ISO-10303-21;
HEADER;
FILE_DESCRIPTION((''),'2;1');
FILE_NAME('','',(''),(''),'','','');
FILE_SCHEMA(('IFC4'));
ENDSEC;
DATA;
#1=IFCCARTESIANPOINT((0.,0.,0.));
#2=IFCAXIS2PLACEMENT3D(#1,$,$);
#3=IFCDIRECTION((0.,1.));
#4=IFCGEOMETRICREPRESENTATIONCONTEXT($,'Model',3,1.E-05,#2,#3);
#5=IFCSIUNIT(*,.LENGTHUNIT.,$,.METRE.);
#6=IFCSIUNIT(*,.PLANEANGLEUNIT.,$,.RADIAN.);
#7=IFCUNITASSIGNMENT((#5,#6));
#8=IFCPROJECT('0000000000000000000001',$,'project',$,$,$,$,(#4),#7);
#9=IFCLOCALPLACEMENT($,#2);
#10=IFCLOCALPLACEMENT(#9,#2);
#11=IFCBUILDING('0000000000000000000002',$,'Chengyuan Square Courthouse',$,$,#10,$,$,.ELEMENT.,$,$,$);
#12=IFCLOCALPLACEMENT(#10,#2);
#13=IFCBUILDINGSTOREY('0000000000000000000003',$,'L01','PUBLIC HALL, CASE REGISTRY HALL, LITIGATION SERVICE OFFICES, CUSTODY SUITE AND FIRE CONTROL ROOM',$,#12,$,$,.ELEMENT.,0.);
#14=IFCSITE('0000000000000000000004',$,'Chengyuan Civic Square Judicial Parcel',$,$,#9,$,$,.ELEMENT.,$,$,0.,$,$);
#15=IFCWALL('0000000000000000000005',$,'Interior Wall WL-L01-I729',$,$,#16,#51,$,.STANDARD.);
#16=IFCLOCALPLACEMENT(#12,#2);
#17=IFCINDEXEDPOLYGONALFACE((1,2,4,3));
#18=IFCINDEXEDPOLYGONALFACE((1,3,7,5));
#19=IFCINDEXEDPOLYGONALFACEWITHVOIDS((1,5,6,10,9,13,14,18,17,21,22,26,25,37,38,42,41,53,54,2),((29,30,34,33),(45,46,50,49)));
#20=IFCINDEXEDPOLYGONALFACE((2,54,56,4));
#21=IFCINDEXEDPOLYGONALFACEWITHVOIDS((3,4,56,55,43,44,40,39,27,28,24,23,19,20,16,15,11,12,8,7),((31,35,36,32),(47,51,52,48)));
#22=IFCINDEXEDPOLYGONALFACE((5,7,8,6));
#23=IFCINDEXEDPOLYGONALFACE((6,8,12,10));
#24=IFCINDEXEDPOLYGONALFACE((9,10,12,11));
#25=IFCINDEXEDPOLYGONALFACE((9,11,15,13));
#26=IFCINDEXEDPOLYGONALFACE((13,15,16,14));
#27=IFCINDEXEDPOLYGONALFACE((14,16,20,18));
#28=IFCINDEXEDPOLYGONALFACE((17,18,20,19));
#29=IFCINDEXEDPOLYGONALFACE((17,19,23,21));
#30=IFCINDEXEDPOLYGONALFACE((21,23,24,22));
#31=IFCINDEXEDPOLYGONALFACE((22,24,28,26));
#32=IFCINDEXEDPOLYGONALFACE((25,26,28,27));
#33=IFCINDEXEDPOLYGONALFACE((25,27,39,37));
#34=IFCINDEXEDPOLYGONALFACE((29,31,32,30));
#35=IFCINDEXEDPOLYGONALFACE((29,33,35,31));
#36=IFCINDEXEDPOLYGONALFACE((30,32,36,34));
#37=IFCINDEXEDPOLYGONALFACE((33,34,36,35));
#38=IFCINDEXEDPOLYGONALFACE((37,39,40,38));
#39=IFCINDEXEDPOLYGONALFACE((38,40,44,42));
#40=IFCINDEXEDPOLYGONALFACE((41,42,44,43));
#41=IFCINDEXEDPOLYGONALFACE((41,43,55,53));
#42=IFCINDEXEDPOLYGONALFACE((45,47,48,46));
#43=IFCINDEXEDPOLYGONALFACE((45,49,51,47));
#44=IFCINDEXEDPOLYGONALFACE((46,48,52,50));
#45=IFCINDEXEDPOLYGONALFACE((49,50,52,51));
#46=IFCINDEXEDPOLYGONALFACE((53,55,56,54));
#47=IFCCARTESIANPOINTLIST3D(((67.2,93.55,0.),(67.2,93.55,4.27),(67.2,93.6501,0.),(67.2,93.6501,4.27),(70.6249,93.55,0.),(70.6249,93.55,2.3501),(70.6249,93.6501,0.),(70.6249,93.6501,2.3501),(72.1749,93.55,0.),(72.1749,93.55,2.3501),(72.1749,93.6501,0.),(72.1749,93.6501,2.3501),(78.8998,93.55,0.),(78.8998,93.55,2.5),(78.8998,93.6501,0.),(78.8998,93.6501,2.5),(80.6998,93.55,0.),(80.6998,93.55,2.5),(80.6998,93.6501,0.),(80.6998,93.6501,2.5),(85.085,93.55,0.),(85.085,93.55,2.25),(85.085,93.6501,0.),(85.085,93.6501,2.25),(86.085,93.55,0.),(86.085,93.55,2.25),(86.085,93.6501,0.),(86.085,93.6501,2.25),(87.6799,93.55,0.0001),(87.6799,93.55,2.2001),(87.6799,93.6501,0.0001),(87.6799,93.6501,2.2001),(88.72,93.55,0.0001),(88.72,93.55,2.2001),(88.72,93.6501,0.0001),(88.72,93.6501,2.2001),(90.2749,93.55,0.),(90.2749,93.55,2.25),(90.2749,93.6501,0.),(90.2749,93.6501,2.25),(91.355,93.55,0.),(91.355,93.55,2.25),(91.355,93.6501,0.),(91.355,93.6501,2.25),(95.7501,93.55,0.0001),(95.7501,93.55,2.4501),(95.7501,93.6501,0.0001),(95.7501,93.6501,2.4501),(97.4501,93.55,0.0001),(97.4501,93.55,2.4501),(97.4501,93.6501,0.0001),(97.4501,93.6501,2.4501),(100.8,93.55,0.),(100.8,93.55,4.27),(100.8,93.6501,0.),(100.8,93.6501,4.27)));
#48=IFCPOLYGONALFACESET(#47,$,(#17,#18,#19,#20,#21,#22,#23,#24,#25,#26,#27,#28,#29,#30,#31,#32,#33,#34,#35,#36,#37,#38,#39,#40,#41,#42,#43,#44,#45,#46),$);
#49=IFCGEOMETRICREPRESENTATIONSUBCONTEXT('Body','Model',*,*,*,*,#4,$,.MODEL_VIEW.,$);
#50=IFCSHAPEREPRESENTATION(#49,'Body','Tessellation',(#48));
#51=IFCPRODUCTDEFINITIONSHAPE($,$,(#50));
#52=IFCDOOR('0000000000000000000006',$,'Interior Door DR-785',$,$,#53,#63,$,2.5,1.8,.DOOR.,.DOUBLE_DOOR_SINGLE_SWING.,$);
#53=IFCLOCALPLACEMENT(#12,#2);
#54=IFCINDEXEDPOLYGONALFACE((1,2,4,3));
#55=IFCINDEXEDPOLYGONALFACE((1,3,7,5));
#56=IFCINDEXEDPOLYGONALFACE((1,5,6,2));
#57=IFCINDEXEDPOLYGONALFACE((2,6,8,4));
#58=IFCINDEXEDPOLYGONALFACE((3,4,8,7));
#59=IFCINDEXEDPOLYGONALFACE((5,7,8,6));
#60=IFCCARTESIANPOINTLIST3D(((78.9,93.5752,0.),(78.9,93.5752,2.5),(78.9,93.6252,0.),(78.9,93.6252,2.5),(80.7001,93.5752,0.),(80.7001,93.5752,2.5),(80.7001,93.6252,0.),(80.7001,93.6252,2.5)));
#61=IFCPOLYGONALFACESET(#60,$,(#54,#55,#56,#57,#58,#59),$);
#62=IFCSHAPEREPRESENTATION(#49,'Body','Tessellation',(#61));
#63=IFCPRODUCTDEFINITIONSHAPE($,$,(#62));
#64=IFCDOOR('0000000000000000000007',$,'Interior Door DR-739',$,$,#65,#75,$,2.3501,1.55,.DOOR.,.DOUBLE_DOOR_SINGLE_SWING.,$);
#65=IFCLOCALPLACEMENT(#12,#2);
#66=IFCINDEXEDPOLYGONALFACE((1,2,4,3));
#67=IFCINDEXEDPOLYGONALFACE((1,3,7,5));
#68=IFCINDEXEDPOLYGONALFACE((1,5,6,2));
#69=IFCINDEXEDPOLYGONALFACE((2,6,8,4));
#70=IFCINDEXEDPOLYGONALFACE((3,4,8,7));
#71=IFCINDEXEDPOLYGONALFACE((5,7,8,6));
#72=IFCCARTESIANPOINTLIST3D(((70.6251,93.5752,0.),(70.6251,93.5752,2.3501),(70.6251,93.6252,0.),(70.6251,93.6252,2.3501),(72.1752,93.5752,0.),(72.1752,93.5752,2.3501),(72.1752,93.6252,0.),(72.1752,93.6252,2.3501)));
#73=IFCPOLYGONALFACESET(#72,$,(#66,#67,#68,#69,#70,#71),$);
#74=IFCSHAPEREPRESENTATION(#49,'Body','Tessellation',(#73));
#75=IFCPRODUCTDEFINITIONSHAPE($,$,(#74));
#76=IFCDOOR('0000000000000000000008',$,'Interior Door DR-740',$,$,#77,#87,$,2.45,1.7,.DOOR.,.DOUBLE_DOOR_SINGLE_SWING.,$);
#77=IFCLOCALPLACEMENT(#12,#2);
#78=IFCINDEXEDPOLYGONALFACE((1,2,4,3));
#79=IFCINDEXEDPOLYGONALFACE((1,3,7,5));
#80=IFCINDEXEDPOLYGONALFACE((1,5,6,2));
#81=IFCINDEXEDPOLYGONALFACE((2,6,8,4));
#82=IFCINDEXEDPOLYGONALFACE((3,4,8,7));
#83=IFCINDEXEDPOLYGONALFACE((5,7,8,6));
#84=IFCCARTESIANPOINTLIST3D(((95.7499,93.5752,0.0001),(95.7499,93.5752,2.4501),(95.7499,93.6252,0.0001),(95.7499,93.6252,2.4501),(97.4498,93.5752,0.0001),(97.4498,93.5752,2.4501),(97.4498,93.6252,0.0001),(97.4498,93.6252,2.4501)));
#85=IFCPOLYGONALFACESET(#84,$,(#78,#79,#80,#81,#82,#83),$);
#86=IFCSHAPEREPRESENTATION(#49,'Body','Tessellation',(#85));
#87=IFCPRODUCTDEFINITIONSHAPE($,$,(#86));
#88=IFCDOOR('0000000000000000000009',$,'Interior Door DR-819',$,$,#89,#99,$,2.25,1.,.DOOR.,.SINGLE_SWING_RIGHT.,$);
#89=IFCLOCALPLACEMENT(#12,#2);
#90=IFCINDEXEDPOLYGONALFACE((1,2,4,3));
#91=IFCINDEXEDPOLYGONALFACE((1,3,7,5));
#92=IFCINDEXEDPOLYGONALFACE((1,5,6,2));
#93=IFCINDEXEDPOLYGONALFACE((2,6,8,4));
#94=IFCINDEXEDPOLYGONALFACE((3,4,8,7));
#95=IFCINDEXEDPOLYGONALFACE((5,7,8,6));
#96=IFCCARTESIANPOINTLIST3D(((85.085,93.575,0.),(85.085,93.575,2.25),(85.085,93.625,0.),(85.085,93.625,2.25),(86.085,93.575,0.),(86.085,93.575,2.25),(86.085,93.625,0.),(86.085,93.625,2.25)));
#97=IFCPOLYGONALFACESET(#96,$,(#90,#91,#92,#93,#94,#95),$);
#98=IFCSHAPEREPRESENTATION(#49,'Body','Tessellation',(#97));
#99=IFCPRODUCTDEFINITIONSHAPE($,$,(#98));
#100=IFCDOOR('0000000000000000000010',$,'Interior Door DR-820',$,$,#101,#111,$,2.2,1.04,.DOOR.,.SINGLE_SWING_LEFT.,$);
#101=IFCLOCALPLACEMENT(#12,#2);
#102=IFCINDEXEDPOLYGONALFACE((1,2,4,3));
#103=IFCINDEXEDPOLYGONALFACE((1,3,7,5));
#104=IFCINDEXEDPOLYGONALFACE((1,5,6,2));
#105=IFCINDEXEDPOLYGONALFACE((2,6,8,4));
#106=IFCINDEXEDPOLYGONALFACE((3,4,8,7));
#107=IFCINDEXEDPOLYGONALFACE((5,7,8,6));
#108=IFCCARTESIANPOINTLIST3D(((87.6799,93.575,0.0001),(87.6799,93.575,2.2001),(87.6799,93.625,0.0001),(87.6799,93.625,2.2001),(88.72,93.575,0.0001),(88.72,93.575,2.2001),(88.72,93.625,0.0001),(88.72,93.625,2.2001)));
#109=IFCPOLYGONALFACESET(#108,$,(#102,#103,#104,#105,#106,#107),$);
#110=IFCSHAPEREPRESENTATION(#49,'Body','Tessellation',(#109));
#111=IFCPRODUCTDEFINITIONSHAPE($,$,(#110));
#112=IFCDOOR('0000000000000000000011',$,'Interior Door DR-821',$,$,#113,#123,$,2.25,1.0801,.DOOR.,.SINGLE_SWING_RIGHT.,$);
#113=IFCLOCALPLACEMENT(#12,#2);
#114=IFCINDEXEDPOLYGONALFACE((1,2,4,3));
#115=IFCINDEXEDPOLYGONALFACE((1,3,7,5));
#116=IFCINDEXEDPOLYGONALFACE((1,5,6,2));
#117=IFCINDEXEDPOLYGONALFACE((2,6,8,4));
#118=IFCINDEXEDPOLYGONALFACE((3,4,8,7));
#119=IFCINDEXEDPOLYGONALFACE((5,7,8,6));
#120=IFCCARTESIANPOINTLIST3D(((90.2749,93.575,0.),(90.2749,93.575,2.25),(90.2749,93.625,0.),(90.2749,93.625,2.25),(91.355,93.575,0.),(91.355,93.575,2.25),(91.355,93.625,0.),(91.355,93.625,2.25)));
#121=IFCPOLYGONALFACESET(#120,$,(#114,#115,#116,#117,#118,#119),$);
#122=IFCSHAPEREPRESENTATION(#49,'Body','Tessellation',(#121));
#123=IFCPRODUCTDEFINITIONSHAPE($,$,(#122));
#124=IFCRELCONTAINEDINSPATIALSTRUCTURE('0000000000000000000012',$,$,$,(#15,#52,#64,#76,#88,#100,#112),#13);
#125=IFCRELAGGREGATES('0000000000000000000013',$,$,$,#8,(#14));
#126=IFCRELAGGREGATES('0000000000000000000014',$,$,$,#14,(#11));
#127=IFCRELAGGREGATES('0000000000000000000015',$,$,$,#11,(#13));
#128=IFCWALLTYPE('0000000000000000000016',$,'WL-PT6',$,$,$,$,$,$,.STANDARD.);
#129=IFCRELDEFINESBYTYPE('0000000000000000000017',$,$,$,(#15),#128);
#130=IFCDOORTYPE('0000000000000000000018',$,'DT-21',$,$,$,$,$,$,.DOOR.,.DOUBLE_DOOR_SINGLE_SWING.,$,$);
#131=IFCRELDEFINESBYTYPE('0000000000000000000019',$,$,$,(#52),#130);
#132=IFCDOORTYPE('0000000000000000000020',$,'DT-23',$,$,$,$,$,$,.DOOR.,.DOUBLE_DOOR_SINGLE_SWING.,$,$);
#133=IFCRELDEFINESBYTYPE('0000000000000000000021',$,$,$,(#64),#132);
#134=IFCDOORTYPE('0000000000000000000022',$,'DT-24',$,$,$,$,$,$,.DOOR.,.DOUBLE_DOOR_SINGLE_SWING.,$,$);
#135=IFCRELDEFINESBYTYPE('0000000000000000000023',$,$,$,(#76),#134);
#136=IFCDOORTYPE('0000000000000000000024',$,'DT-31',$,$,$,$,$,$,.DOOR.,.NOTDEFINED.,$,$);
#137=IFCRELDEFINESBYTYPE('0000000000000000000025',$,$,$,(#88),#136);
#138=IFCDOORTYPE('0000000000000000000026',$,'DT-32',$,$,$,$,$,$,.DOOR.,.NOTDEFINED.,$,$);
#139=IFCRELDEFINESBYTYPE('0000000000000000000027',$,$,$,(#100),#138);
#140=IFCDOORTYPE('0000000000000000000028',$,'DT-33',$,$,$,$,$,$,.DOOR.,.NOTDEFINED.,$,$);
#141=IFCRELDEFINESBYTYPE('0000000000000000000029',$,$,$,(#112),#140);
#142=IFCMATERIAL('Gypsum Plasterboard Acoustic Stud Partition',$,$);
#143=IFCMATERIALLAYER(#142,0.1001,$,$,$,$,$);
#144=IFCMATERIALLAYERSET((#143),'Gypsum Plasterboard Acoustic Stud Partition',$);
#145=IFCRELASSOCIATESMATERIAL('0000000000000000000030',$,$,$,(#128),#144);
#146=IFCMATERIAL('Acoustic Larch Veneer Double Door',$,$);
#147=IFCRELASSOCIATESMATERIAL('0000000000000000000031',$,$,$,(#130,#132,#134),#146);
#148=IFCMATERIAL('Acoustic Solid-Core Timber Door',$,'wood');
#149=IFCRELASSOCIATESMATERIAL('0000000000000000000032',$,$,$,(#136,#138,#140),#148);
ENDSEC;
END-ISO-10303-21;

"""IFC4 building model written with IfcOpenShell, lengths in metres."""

from ifc_helpers import new_model, si_unit, direction, frame, frame_2d, origin, place, context, subcontext, project, spatial, rectangle, extrude, material, layer, layer_set, type_object, element, fill, save


model = new_model("IFC4")

# Units and contexts
model_context = context("Model", 3, precision=1e-05, world=origin(), true_north=direction((0.0, 1.0)))
body_context = subcontext(model_context, "Body", "Model", "MODEL_VIEW")
ifc_project = project(units=[si_unit("LENGTHUNIT", "METRE"), si_unit("PLANEANGLEUNIT", "RADIAN")], contexts=[model_context])

# Site, building, storey
site_placement = place(None, origin())
site = spatial("IfcSite", under=ifc_project, at=site_placement, Name="Chengyuan Civic Square Judicial Parcel", CompositionType="ELEMENT", RefElevation=0.0)
building_placement = place(site_placement, origin())
building = spatial("IfcBuilding", under=site, at=building_placement, Name="Chengyuan Square Courthouse", CompositionType="ELEMENT")
storey_placement = place(building_placement, origin())
storey = spatial("IfcBuildingStorey", under=building, at=storey_placement, Name="L01", Description="PUBLIC HALL, CASE REGISTRY HALL, LITIGATION SERVICE OFFICES, CUSTODY SUITE AND FIRE CONTROL ROOM", CompositionType="ELEMENT", Elevation=0.0)

# Shared definitions
ifc_material_1 = material(Name="Acoustic Larch Veneer Double Door")

# Wall, openings, doors
ifc_material_2 = material(Name="Gypsum Plasterboard Acoustic Stud Partition")
ifc_layer_1 = layer(ifc_material_2, 0.1001)
ifc_layer_set_1 = layer_set([ifc_layer_1], Name="Gypsum Plasterboard Acoustic Stud Partition")
wall_type_1 = type_object("IfcWallType", Name="WL-PT6", PredefinedType="STANDARD", material=ifc_layer_set_1)
wall_1_placement = place(storey_placement, frame((67.2, 93.6001, 0.0), z_axis=(0.0, 0.0, 1.0), x_axis=(1.0, 0.0, 0.0)))
wall_1 = element("IfcWall", 1, at=wall_1_placement, inside=storey, type_object=wall_type_1, Name="Interior Wall WL-L01-I729", PredefinedType="STANDARD", context=body_context, shape_type="SweptSolid", body=[
    extrude(rectangle(XDim=33.6001, YDim=0.1001, at=frame_2d((16.8, 0.0))), origin(), (0.0, 0.0, 1.0), 4.27),
])
opening_1_placement = place(wall_1_placement, frame((3.425, 0.0, 0.0)))
opening_1 = element("IfcOpeningElement", 2, at=opening_1_placement, cuts=wall_1, PredefinedType="OPENING", context=body_context, shape_type="SweptSolid", body=[
    extrude(rectangle(XDim=1.55, YDim=2.3501, at=frame_2d((0.7749, 1.175))), frame((0.0, 0.062, 0.0), z_axis=(0.0, -1.0, 0.0), x_axis=(1.0, 0.0, 0.0)), (0.0, 0.0, 1.0), 0.124),
])
opening_2_placement = place(wall_1_placement, frame((28.55, 0.0, 0.0)))
opening_2 = element("IfcOpeningElement", 3, at=opening_2_placement, cuts=wall_1, PredefinedType="OPENING", context=body_context, shape_type="SweptSolid", body=[
    extrude(rectangle(XDim=1.7, YDim=2.45, at=frame_2d((0.8501, 1.2251))), frame((0.0, 0.062, 0.0), z_axis=(0.0, -1.0, 0.0), x_axis=(1.0, 0.0, 0.0)), (0.0, 0.0, 1.0), 0.124),
])
opening_3_placement = place(wall_1_placement, frame((11.7, 0.0, 0.0)))
opening_3 = element("IfcOpeningElement", 4, at=opening_3_placement, cuts=wall_1, PredefinedType="OPENING", context=body_context, shape_type="SweptSolid", body=[
    extrude(rectangle(XDim=1.8, YDim=2.5, at=frame_2d((0.8999, 1.25))), frame((0.0, 0.062, 0.0), z_axis=(0.0, -1.0, 0.0), x_axis=(1.0, 0.0, 0.0)), (0.0, 0.0, 1.0), 0.124),
])
opening_4_placement = place(wall_1_placement, frame((17.885, 0.0, 0.0)))
opening_4 = element("IfcOpeningElement", 5, at=opening_4_placement, cuts=wall_1, PredefinedType="OPENING", context=body_context, shape_type="SweptSolid", body=[
    extrude(rectangle(XDim=1.0, YDim=2.25, at=frame_2d((0.5, 1.125))), frame((0.0, 0.062, 0.0), z_axis=(0.0, -1.0, 0.0), x_axis=(1.0, 0.0, 0.0)), (0.0, 0.0, 1.0), 0.124),
])
opening_5_placement = place(wall_1_placement, frame((20.48, 0.0, 0.0)))
opening_5 = element("IfcOpeningElement", 6, at=opening_5_placement, cuts=wall_1, PredefinedType="OPENING", context=body_context, shape_type="SweptSolid", body=[
    extrude(rectangle(XDim=1.04, YDim=2.2, at=frame_2d((0.52, 1.1001))), frame((0.0, 0.062, 0.0), z_axis=(0.0, -1.0, 0.0), x_axis=(1.0, 0.0, 0.0)), (0.0, 0.0, 1.0), 0.124),
])
opening_6_placement = place(wall_1_placement, frame((23.075, 0.0, 0.0)))
opening_6 = element("IfcOpeningElement", 7, at=opening_6_placement, cuts=wall_1, PredefinedType="OPENING", context=body_context, shape_type="SweptSolid", body=[
    extrude(rectangle(XDim=1.0801, YDim=2.25, at=frame_2d((0.54, 1.125))), frame((0.0, 0.062, 0.0), z_axis=(0.0, -1.0, 0.0), x_axis=(1.0, 0.0, 0.0)), (0.0, 0.0, 1.0), 0.124),
])
door_type_1 = type_object("IfcDoorType", Name="DT-21", OperationType="DOUBLE_DOOR_SINGLE_SWING", PredefinedType="DOOR", material=ifc_material_1)
door_1_placement = place(opening_3_placement, frame((1.8, 0.0, 0.0), z_axis=(0.0, 0.0, 1.0), x_axis=(-1.0, 0.0, 0.0)))
door_1 = element("IfcDoor", 8, at=door_1_placement, inside=storey, type_object=door_type_1, Name="Interior Door DR-785", OperationType="DOUBLE_DOOR_SINGLE_SWING", OverallHeight=2.5, OverallWidth=1.8, PredefinedType="DOOR", context=body_context, shape_type="SweptSolid", body=[
    extrude(rectangle(XDim=1.8, YDim=2.5, at=frame_2d((0.8999, 1.25))), frame((0.0, 0.0249, 0.0), z_axis=(0.0, -1.0, 0.0), x_axis=(1.0, 0.0, 0.0)), (0.0, 0.0, 1.0), 0.05),
])
fill(opening_3, door_1)
door_type_2 = type_object("IfcDoorType", Name="DT-23", OperationType="DOUBLE_DOOR_SINGLE_SWING", PredefinedType="DOOR", material=ifc_material_1)
door_2_placement = place(opening_1_placement, frame((1.55, 0.0, 0.0), z_axis=(0.0, 0.0, 1.0), x_axis=(-1.0, 0.0, 0.0)))
door_2 = element("IfcDoor", 9, at=door_2_placement, inside=storey, type_object=door_type_2, Name="Interior Door DR-739", OperationType="DOUBLE_DOOR_SINGLE_SWING", OverallHeight=2.3501, OverallWidth=1.55, PredefinedType="DOOR", context=body_context, shape_type="SweptSolid", body=[
    extrude(rectangle(XDim=1.55, YDim=2.3501, at=frame_2d((0.7749, 1.175))), frame((0.0, 0.0249, 0.0), z_axis=(0.0, -1.0, 0.0), x_axis=(1.0, 0.0, 0.0)), (0.0, 0.0, 1.0), 0.05),
])
fill(opening_1, door_2)
door_type_3 = type_object("IfcDoorType", Name="DT-24", OperationType="DOUBLE_DOOR_SINGLE_SWING", PredefinedType="DOOR", material=ifc_material_1)
door_3_placement = place(opening_2_placement, frame((1.7, 0.0, 0.0), z_axis=(0.0, 0.0, 1.0), x_axis=(-1.0, 0.0, 0.0)))
door_3 = element("IfcDoor", 10, at=door_3_placement, inside=storey, type_object=door_type_3, Name="Interior Door DR-740", OperationType="DOUBLE_DOOR_SINGLE_SWING", OverallHeight=2.45, OverallWidth=1.7, PredefinedType="DOOR", context=body_context, shape_type="SweptSolid", body=[
    extrude(rectangle(XDim=1.7, YDim=2.45, at=frame_2d((0.8501, 1.2251))), frame((0.0, 0.0249, 0.0), z_axis=(0.0, -1.0, 0.0), x_axis=(1.0, 0.0, 0.0)), (0.0, 0.0, 1.0), 0.05),
])
fill(opening_2, door_3)
ifc_material_3 = material(Name="Acoustic Solid-Core Timber Door", Category="wood")
door_type_4 = type_object("IfcDoorType", Name="DT-31", OperationType="NOTDEFINED", PredefinedType="DOOR", material=ifc_material_3)
door_4_placement = place(opening_4_placement, origin())
door_4 = element("IfcDoor", 11, at=door_4_placement, inside=storey, type_object=door_type_4, Name="Interior Door DR-819", OperationType="SINGLE_SWING_RIGHT", OverallHeight=2.25, OverallWidth=1.0, PredefinedType="DOOR", context=body_context, shape_type="SweptSolid", body=[
    extrude(rectangle(XDim=1.0, YDim=2.25, at=frame_2d((0.5, 1.125))), frame((0.0, 0.0249, 0.0), z_axis=(0.0, -1.0, 0.0), x_axis=(1.0, 0.0, 0.0)), (0.0, 0.0, 1.0), 0.05),
])
fill(opening_4, door_4)
door_type_5 = type_object("IfcDoorType", Name="DT-32", OperationType="NOTDEFINED", PredefinedType="DOOR", material=ifc_material_3)
door_5_placement = place(opening_5_placement, origin())
door_5 = element("IfcDoor", 12, at=door_5_placement, inside=storey, type_object=door_type_5, Name="Interior Door DR-820", OperationType="SINGLE_SWING_LEFT", OverallHeight=2.2, OverallWidth=1.04, PredefinedType="DOOR", context=body_context, shape_type="SweptSolid", body=[
    extrude(rectangle(XDim=1.04, YDim=2.2, at=frame_2d((0.52, 1.1001))), frame((0.0, 0.0249, 0.0), z_axis=(0.0, -1.0, 0.0), x_axis=(1.0, 0.0, 0.0)), (0.0, 0.0, 1.0), 0.05),
])
fill(opening_5, door_5)
door_type_6 = type_object("IfcDoorType", Name="DT-33", OperationType="NOTDEFINED", PredefinedType="DOOR", material=ifc_material_3)
door_6_placement = place(opening_6_placement, origin())
door_6 = element("IfcDoor", 13, at=door_6_placement, inside=storey, type_object=door_type_6, Name="Interior Door DR-821", OperationType="SINGLE_SWING_RIGHT", OverallHeight=2.25, OverallWidth=1.0801, PredefinedType="DOOR", context=body_context, shape_type="SweptSolid", body=[
    extrude(rectangle(XDim=1.0801, YDim=2.25, at=frame_2d((0.54, 1.125))), frame((0.0, 0.0249, 0.0), z_axis=(0.0, -1.0, 0.0), x_axis=(1.0, 0.0, 0.0)), (0.0, 0.0, 1.0), 0.05),
])
fill(opening_6, door_6)

save(model, "model.ifc")
